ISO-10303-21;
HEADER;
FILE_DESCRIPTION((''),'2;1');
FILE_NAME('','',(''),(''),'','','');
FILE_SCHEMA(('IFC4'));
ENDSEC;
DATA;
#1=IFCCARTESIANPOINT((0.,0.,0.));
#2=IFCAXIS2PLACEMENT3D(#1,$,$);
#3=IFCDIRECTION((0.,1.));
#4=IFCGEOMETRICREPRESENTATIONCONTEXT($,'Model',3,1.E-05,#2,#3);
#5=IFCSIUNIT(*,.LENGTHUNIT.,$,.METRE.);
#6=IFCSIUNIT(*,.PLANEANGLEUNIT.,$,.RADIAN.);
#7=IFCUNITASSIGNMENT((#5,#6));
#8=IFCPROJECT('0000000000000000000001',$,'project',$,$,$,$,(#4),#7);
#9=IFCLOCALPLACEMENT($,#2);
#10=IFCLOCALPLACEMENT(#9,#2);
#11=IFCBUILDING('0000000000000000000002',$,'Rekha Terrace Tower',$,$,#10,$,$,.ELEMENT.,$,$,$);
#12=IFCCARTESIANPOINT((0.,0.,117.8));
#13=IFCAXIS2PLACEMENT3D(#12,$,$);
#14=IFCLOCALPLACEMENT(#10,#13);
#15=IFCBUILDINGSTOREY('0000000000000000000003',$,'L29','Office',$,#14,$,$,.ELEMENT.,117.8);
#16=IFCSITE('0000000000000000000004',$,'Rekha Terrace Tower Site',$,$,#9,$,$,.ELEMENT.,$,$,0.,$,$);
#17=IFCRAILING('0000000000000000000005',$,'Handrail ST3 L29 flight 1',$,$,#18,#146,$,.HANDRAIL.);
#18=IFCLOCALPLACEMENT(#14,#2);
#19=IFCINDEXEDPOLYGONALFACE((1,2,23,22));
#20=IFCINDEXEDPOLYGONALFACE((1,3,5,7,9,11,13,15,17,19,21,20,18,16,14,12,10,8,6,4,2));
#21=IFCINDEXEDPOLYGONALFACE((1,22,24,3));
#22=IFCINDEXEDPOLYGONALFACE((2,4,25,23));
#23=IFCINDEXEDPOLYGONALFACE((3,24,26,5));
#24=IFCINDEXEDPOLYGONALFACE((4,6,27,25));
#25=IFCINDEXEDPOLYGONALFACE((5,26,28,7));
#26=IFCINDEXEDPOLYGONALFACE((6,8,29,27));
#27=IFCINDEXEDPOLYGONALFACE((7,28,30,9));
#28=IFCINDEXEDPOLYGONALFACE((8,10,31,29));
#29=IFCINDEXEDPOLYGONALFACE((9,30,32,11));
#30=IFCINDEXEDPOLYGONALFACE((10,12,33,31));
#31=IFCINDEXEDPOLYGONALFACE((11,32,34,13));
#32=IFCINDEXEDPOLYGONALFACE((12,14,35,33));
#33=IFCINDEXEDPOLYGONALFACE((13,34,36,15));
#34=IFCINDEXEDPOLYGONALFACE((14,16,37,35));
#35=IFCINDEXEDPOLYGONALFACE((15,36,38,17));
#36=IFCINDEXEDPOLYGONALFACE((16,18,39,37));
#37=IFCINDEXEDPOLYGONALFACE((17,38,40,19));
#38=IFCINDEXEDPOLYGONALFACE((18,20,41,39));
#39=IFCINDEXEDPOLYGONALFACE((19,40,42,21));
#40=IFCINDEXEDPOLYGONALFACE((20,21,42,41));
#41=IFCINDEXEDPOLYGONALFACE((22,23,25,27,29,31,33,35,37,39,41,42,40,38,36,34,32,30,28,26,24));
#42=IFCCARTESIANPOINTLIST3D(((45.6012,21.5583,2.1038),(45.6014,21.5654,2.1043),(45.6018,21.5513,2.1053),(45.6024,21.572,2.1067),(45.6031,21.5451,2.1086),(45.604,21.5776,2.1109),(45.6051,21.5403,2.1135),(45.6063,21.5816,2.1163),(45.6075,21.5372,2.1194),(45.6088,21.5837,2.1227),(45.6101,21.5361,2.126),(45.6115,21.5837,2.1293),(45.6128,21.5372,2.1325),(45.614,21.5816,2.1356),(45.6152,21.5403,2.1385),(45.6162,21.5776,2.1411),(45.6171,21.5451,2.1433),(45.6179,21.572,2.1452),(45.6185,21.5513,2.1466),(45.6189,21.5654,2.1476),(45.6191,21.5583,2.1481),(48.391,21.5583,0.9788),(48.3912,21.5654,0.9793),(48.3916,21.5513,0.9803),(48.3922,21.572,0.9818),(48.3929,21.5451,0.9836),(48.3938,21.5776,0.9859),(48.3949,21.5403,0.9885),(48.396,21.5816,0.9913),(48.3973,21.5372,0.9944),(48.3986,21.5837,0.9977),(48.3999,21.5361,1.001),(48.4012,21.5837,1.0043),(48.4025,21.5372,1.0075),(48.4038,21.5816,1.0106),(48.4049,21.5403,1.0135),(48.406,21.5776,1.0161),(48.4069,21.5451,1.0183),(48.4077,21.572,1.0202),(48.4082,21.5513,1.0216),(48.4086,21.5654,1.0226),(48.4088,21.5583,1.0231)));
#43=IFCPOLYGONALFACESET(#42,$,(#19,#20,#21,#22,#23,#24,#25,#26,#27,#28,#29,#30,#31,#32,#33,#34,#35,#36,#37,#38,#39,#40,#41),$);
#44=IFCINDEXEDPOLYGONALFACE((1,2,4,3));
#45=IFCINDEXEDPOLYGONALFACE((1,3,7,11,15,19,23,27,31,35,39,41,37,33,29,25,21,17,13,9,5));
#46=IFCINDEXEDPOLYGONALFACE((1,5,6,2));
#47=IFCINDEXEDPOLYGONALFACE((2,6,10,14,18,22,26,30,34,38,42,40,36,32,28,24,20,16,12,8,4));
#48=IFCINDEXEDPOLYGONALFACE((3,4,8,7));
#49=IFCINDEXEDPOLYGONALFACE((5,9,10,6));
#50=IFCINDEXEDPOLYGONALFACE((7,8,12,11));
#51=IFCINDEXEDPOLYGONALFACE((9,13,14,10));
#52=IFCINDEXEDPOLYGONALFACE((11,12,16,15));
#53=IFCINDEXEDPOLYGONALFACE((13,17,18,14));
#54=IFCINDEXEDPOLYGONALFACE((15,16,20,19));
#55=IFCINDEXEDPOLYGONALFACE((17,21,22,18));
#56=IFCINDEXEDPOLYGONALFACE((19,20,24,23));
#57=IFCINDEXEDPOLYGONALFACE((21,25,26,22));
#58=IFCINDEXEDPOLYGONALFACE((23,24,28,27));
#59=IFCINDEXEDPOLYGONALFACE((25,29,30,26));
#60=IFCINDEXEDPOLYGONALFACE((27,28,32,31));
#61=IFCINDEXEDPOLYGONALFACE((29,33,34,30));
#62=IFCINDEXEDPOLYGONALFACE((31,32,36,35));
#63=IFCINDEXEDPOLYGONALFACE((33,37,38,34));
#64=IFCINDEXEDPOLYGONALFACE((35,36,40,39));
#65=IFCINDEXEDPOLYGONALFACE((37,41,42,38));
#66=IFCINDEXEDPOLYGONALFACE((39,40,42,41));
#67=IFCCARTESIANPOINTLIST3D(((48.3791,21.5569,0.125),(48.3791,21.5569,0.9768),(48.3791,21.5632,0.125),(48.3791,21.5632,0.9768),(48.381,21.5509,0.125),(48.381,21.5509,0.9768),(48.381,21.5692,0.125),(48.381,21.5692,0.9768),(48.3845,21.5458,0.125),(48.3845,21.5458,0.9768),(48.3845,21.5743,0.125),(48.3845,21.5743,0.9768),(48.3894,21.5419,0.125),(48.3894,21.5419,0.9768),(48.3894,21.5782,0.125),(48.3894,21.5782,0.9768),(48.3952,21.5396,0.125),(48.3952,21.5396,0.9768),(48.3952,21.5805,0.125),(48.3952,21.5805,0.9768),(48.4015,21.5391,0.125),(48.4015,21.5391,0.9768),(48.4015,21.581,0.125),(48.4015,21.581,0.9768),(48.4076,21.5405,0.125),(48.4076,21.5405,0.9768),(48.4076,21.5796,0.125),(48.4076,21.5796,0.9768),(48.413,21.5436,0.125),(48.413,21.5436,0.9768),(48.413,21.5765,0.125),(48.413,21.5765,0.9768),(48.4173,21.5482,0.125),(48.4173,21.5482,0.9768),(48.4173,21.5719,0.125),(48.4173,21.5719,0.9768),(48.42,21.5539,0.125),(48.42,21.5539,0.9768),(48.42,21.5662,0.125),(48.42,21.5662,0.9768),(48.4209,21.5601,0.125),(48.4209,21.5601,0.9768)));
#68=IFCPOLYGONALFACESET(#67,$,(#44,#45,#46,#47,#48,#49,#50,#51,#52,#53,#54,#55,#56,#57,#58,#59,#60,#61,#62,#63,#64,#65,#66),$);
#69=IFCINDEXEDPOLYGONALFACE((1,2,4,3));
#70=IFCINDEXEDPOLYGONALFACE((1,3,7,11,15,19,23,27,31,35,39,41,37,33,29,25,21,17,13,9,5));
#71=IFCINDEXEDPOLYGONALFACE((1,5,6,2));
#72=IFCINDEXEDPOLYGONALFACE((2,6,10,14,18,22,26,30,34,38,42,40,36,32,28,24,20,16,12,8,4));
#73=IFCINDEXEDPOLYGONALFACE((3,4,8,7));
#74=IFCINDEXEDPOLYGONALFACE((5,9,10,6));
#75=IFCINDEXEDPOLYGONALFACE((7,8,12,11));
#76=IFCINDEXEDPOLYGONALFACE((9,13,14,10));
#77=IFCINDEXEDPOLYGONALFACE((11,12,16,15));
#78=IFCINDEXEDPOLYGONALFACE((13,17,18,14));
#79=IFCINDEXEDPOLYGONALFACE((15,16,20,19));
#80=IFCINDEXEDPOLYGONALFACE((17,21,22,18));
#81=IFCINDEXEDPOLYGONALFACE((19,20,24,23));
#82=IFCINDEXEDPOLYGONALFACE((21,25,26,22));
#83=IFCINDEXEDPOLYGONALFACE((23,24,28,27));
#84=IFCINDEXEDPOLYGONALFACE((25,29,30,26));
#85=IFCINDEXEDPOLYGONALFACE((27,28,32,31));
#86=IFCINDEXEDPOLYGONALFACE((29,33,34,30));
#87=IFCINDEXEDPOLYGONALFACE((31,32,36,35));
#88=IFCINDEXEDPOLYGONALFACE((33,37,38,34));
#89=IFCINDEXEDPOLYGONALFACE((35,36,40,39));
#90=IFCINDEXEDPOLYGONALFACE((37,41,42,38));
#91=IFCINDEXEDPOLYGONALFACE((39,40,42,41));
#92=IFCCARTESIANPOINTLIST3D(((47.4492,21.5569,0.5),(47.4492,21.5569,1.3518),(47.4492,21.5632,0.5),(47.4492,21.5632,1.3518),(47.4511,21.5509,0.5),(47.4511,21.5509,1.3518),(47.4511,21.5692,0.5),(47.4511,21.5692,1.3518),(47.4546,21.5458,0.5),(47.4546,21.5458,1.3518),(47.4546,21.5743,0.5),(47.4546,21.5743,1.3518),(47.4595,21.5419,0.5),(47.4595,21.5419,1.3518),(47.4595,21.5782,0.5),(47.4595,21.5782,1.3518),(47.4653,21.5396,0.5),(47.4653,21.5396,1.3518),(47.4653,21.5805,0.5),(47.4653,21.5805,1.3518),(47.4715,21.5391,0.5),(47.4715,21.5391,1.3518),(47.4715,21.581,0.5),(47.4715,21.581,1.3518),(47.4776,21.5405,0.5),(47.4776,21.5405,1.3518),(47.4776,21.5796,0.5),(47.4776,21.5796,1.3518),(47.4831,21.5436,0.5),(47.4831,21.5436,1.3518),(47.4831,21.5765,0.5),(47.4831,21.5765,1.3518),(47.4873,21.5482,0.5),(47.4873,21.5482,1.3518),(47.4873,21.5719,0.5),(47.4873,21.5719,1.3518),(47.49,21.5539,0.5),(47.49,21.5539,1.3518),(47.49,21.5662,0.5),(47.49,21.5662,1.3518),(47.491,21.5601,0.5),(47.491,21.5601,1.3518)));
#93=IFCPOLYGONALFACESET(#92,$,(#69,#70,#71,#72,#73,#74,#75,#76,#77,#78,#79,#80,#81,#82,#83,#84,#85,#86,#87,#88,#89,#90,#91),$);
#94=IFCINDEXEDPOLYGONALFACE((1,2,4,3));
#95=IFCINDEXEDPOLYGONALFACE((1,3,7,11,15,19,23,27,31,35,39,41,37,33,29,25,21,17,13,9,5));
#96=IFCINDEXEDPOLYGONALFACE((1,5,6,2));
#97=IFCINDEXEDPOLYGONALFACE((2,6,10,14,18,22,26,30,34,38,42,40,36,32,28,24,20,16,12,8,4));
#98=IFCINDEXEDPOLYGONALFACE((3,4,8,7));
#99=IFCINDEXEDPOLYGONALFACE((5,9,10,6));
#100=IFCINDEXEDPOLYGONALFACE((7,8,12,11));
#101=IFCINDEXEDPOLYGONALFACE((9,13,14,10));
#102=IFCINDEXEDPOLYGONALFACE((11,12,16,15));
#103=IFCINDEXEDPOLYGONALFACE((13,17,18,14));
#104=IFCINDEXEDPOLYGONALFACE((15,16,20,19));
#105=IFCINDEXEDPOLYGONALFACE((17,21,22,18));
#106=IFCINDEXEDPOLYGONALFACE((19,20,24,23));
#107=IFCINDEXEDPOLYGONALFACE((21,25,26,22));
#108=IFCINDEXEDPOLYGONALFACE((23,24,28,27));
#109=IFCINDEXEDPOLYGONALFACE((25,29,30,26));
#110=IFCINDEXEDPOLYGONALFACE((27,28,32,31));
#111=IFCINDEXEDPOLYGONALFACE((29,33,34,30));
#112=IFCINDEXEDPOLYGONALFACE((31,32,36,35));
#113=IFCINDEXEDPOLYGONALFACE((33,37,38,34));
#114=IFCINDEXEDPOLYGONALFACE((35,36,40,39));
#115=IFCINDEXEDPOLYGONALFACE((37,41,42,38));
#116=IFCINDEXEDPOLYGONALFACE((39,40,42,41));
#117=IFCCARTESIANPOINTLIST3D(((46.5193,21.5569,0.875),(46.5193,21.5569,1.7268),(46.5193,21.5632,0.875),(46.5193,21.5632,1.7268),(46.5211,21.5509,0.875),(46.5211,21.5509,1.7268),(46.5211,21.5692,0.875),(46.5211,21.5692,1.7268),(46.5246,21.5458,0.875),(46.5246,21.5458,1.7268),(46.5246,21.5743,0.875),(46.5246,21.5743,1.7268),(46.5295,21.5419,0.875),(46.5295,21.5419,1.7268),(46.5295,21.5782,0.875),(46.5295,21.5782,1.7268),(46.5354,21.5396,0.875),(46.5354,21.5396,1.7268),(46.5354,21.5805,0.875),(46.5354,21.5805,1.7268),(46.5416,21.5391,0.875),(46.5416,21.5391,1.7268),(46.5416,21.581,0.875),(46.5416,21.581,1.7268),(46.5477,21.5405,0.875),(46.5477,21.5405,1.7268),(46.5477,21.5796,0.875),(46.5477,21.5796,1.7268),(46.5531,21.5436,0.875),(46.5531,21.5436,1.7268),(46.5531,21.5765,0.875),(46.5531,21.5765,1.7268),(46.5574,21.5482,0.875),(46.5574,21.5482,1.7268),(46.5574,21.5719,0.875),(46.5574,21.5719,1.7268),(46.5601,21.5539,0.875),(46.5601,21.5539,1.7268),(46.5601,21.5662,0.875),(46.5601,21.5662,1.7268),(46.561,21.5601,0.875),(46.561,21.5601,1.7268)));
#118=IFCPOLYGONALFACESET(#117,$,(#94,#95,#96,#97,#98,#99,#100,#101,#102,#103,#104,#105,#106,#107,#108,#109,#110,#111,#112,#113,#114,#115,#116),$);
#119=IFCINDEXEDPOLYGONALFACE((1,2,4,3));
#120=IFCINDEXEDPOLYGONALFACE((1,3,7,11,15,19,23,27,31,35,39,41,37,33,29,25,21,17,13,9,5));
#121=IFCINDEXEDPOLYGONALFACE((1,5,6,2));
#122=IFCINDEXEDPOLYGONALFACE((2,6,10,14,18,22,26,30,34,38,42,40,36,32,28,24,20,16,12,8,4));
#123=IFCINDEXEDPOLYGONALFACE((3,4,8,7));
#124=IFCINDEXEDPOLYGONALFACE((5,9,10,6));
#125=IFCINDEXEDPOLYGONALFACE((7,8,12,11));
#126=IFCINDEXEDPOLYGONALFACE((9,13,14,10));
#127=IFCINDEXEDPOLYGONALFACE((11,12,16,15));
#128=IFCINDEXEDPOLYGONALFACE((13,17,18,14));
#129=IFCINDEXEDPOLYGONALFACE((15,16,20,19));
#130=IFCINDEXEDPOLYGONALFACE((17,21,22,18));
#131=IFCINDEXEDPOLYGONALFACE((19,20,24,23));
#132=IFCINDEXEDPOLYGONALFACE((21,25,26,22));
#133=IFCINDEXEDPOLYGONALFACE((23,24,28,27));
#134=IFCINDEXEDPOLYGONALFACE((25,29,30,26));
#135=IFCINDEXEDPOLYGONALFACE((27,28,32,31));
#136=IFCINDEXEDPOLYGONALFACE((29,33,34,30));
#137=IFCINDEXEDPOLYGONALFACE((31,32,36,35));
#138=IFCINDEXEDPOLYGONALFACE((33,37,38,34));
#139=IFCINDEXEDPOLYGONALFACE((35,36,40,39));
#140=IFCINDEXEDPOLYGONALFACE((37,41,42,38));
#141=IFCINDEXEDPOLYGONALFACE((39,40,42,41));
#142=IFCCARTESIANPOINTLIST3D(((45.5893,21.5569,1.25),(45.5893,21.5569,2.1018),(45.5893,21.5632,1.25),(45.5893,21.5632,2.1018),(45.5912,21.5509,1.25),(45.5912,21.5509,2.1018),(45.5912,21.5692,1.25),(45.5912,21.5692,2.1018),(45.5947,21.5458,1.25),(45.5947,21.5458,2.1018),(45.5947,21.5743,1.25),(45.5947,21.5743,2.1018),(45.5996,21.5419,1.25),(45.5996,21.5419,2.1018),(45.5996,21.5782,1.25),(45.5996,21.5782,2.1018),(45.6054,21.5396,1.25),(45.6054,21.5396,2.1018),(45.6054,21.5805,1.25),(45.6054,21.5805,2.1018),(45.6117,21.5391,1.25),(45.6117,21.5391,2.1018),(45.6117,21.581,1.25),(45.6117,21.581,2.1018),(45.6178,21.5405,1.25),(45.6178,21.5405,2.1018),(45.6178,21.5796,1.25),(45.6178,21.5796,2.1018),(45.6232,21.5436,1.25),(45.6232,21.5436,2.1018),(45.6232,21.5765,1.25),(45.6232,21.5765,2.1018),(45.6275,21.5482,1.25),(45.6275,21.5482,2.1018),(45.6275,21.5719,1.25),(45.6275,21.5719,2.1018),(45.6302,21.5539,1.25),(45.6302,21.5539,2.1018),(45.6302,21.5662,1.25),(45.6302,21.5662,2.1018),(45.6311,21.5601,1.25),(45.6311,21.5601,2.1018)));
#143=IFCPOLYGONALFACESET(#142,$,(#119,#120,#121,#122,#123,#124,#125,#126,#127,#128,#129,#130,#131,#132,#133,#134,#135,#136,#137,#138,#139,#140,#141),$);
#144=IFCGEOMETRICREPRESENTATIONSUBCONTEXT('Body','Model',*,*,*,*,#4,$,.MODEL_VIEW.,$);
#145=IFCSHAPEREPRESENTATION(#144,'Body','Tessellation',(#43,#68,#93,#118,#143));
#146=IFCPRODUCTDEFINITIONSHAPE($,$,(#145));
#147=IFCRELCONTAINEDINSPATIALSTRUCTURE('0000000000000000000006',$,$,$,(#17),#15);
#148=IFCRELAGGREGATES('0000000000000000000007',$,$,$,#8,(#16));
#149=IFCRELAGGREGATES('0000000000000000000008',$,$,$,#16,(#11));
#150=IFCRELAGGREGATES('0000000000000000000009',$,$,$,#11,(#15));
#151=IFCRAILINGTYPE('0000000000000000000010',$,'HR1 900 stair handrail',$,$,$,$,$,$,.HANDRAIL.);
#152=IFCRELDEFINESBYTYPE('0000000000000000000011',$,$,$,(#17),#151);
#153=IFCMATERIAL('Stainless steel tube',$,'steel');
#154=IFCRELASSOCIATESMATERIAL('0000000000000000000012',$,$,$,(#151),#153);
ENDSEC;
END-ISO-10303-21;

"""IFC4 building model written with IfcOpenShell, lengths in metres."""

from ifc_helpers import new_model, si_unit, direction, frame, origin, origin_2d, place, context, subcontext, project, spatial, circle, extrude, material, type_object, element, save


model = new_model("IFC4")

# Units and contexts
model_context = context("Model", 3, precision=1e-05, world=origin(), true_north=direction((0.0, 1.0)))
body_context = subcontext(model_context, "Body", "Model", "MODEL_VIEW")
ifc_project = project(units=[si_unit("LENGTHUNIT", "METRE"), si_unit("PLANEANGLEUNIT", "RADIAN")], contexts=[model_context])

# Site, building, storey
site_placement = place(None, origin())
site = spatial("IfcSite", under=ifc_project, at=site_placement, Name="Rekha Terrace Tower Site", CompositionType="ELEMENT", RefElevation=0.0)
building_placement = place(site_placement, origin())
building = spatial("IfcBuilding", under=site, at=building_placement, Name="Rekha Terrace Tower", CompositionType="ELEMENT")
storey_placement = place(building_placement, frame((0.0, 0.0, 117.8)))
storey = spatial("IfcBuildingStorey", under=building, at=storey_placement, Name="L29", Description="Office", CompositionType="ELEMENT", Elevation=117.8)

# Railing
ifc_material_1 = material(Name="Stainless steel tube", Category="steel")
railing_type_1 = type_object("IfcRailingType", Name="HR1 900 stair handrail", PredefinedType="HANDRAIL", material=ifc_material_1)
railing_1_placement = place(storey_placement, frame((48.3999, 21.5601, 0.125)))
element("IfcRailing", 1, at=railing_1_placement, inside=storey, type_object=railing_type_1, Name="Handrail ST3 L29 flight 1", PredefinedType="HANDRAIL", context=body_context, shape_type="SweptSolid", body=[
    extrude(circle(Radius=0.0239, at=origin_2d()), frame((0.0, 0.0, 0.876), z_axis=(-0.927432, 0.0, 0.373992), x_axis=(0.0, -1.0, 0.0)), (0.0, 0.0, 1.0), 3.0081),
    extrude(circle(Radius=0.021, at=origin_2d()), origin(), (0.0, 0.0, 1.0), 0.8518),
    extrude(circle(Radius=0.021, at=origin_2d()), frame((-0.9299, 0.0, 0.375)), (0.0, 0.0, 1.0), 0.8518),
    extrude(circle(Radius=0.021, at=origin_2d()), frame((-1.8599, 0.0, 0.75)), (0.0, 0.0, 1.0), 0.8518),
    extrude(circle(Radius=0.021, at=origin_2d()), frame((-2.7898, 0.0, 1.125)), (0.0, 0.0, 1.0), 0.8518),
])

save(model, "model.ifc")
